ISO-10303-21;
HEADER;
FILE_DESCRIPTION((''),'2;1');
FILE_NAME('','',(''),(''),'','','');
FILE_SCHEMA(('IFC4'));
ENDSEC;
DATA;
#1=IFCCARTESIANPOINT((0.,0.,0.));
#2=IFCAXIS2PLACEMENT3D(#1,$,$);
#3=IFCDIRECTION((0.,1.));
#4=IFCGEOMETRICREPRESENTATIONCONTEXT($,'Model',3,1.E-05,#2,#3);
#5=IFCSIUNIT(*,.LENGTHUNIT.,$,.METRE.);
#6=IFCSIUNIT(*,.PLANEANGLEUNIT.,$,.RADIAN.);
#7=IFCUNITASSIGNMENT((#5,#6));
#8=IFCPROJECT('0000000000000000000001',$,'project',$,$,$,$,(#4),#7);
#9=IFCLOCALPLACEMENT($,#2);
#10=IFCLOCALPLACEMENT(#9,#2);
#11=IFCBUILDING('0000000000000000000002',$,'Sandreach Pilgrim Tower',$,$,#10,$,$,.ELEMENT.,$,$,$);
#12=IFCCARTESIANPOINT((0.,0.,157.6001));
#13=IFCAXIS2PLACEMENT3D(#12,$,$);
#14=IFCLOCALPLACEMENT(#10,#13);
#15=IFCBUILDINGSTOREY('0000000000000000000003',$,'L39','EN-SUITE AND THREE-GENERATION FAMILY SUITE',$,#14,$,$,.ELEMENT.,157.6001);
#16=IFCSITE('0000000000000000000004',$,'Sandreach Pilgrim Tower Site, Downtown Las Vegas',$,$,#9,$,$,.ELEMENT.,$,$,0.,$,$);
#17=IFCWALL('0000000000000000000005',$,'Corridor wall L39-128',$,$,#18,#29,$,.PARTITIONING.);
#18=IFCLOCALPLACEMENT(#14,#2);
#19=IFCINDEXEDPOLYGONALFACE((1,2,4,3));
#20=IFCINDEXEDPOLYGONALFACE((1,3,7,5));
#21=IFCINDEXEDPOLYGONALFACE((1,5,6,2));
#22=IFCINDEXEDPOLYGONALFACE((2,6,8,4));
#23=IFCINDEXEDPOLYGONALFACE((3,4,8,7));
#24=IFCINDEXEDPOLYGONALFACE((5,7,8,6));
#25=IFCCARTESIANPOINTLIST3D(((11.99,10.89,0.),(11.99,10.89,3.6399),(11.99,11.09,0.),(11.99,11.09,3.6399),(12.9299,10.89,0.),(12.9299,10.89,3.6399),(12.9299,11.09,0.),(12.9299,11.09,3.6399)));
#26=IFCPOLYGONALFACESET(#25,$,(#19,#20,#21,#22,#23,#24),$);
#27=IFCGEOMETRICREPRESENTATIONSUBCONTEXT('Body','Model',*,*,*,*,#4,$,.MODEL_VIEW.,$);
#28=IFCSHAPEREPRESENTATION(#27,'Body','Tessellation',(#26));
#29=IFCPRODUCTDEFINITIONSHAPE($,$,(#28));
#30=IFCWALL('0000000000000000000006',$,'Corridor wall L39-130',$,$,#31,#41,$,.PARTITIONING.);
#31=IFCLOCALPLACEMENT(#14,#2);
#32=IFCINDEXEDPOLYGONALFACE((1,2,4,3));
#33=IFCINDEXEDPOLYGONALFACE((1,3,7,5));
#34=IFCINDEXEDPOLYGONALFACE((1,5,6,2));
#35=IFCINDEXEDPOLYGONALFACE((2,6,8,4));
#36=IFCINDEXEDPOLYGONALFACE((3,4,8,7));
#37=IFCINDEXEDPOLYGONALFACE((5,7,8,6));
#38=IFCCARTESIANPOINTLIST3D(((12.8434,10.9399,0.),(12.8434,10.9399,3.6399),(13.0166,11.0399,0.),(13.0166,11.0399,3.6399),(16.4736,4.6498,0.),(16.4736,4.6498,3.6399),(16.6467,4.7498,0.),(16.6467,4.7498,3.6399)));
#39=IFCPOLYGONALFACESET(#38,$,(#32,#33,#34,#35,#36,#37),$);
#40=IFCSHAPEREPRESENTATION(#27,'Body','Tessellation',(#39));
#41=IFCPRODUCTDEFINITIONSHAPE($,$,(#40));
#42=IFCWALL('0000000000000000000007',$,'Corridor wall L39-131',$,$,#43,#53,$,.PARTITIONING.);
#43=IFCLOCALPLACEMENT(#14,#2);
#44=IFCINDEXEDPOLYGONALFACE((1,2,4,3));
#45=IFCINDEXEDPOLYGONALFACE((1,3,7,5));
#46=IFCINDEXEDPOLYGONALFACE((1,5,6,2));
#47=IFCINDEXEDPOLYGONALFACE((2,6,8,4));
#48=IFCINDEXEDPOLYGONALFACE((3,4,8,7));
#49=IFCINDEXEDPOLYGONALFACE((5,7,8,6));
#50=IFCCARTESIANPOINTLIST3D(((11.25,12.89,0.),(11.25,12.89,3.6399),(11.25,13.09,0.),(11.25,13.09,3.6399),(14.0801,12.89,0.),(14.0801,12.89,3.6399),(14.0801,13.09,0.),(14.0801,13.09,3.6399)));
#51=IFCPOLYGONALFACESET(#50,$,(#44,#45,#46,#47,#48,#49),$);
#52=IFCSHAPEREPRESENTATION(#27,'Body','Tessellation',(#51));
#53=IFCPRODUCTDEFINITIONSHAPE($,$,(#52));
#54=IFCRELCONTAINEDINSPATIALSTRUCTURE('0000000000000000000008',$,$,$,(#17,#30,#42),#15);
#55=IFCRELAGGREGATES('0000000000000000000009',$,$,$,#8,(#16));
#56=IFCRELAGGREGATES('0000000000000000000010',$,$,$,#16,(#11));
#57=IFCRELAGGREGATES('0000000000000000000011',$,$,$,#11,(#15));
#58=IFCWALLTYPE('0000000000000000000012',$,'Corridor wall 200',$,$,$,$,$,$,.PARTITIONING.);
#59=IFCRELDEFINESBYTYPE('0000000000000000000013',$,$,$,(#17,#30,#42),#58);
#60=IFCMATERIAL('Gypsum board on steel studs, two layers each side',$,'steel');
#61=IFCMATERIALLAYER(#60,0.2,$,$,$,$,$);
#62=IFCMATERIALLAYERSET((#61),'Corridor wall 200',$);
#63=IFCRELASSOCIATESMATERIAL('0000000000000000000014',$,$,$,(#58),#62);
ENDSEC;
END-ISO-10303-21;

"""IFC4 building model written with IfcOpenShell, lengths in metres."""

from ifc_helpers import new_model, si_unit, direction, frame, frame_2d, origin, place, context, subcontext, project, spatial, rectangle, extrude, material, layer, layer_set, type_object, element, save


model = new_model("IFC4")

# Units and contexts
model_context = context("Model", 3, precision=1e-05, world=origin(), true_north=direction((0.0, 1.0)))
body_context = subcontext(model_context, "Body", "Model", "MODEL_VIEW")
ifc_project = project(units=[si_unit("LENGTHUNIT", "METRE"), si_unit("PLANEANGLEUNIT", "RADIAN")], contexts=[model_context])

# Site, building, storey
site_placement = place(None, origin())
site = spatial("IfcSite", under=ifc_project, at=site_placement, Name="Sandreach Pilgrim Tower Site, Downtown Las Vegas", CompositionType="ELEMENT", RefElevation=0.0)
building_placement = place(site_placement, origin())
building = spatial("IfcBuilding", under=site, at=building_placement, Name="Sandreach Pilgrim Tower", CompositionType="ELEMENT")
storey_placement = place(building_placement, frame((0.0, 0.0, 157.6001)))
storey = spatial("IfcBuildingStorey", under=building, at=storey_placement, Name="L39", Description="EN-SUITE AND THREE-GENERATION FAMILY SUITE", CompositionType="ELEMENT", Elevation=157.6001)

# Shared definitions
ifc_material_1 = material(Name="Gypsum board on steel studs, two layers each side", Category="steel")
ifc_layer_1 = layer(ifc_material_1, 0.2)
ifc_layer_set_1 = layer_set([ifc_layer_1], Name="Corridor wall 200")
wall_type_1 = type_object("IfcWallType", Name="Corridor wall 200", PredefinedType="PARTITIONING", material=ifc_layer_set_1)

# Walls
wall_1_placement = place(storey_placement, frame((11.99, 10.99, 0.0), z_axis=(0.0, 0.0, 1.0), x_axis=(1.0, 0.0, 0.0)))
element("IfcWall", 1, at=wall_1_placement, inside=storey, type_object=wall_type_1, Name="Corridor wall L39-128", PredefinedType="PARTITIONING", context=body_context, shape_type="SweptSolid", body=[
    extrude(rectangle(XDim=0.9399, YDim=0.2, at=frame_2d((0.47, 0.0))), origin(), (0.0, 0.0, 1.0), 3.6399),
])
wall_2_placement = place(storey_placement, frame((12.9299, 10.99, 0.0), z_axis=(0.0, 0.0, 1.0), x_axis=(0.499852, -0.866111, 0.0)))
element("IfcWall", 2, at=wall_2_placement, inside=storey, type_object=wall_type_1, Name="Corridor wall L39-130", PredefinedType="PARTITIONING", context=body_context, shape_type="SweptSolid", body=[
    extrude(rectangle(XDim=7.2625, YDim=0.2, at=frame_2d((3.6313, 0.0))), origin(), (0.0, 0.0, 1.0), 3.6399),
])
wall_3_placement = place(storey_placement, frame((14.0801, 12.99, 0.0), z_axis=(0.0, 0.0, 1.0), x_axis=(-1.0, 0.0, 0.0)))
element("IfcWall", 3, at=wall_3_placement, inside=storey, type_object=wall_type_1, Name="Corridor wall L39-131", PredefinedType="PARTITIONING", context=body_context, shape_type="SweptSolid", body=[
    extrude(rectangle(XDim=2.8301, YDim=0.2, at=frame_2d((1.415, 0.0))), origin(), (0.0, 0.0, 1.0), 3.6399),
])

save(model, "model.ifc")
